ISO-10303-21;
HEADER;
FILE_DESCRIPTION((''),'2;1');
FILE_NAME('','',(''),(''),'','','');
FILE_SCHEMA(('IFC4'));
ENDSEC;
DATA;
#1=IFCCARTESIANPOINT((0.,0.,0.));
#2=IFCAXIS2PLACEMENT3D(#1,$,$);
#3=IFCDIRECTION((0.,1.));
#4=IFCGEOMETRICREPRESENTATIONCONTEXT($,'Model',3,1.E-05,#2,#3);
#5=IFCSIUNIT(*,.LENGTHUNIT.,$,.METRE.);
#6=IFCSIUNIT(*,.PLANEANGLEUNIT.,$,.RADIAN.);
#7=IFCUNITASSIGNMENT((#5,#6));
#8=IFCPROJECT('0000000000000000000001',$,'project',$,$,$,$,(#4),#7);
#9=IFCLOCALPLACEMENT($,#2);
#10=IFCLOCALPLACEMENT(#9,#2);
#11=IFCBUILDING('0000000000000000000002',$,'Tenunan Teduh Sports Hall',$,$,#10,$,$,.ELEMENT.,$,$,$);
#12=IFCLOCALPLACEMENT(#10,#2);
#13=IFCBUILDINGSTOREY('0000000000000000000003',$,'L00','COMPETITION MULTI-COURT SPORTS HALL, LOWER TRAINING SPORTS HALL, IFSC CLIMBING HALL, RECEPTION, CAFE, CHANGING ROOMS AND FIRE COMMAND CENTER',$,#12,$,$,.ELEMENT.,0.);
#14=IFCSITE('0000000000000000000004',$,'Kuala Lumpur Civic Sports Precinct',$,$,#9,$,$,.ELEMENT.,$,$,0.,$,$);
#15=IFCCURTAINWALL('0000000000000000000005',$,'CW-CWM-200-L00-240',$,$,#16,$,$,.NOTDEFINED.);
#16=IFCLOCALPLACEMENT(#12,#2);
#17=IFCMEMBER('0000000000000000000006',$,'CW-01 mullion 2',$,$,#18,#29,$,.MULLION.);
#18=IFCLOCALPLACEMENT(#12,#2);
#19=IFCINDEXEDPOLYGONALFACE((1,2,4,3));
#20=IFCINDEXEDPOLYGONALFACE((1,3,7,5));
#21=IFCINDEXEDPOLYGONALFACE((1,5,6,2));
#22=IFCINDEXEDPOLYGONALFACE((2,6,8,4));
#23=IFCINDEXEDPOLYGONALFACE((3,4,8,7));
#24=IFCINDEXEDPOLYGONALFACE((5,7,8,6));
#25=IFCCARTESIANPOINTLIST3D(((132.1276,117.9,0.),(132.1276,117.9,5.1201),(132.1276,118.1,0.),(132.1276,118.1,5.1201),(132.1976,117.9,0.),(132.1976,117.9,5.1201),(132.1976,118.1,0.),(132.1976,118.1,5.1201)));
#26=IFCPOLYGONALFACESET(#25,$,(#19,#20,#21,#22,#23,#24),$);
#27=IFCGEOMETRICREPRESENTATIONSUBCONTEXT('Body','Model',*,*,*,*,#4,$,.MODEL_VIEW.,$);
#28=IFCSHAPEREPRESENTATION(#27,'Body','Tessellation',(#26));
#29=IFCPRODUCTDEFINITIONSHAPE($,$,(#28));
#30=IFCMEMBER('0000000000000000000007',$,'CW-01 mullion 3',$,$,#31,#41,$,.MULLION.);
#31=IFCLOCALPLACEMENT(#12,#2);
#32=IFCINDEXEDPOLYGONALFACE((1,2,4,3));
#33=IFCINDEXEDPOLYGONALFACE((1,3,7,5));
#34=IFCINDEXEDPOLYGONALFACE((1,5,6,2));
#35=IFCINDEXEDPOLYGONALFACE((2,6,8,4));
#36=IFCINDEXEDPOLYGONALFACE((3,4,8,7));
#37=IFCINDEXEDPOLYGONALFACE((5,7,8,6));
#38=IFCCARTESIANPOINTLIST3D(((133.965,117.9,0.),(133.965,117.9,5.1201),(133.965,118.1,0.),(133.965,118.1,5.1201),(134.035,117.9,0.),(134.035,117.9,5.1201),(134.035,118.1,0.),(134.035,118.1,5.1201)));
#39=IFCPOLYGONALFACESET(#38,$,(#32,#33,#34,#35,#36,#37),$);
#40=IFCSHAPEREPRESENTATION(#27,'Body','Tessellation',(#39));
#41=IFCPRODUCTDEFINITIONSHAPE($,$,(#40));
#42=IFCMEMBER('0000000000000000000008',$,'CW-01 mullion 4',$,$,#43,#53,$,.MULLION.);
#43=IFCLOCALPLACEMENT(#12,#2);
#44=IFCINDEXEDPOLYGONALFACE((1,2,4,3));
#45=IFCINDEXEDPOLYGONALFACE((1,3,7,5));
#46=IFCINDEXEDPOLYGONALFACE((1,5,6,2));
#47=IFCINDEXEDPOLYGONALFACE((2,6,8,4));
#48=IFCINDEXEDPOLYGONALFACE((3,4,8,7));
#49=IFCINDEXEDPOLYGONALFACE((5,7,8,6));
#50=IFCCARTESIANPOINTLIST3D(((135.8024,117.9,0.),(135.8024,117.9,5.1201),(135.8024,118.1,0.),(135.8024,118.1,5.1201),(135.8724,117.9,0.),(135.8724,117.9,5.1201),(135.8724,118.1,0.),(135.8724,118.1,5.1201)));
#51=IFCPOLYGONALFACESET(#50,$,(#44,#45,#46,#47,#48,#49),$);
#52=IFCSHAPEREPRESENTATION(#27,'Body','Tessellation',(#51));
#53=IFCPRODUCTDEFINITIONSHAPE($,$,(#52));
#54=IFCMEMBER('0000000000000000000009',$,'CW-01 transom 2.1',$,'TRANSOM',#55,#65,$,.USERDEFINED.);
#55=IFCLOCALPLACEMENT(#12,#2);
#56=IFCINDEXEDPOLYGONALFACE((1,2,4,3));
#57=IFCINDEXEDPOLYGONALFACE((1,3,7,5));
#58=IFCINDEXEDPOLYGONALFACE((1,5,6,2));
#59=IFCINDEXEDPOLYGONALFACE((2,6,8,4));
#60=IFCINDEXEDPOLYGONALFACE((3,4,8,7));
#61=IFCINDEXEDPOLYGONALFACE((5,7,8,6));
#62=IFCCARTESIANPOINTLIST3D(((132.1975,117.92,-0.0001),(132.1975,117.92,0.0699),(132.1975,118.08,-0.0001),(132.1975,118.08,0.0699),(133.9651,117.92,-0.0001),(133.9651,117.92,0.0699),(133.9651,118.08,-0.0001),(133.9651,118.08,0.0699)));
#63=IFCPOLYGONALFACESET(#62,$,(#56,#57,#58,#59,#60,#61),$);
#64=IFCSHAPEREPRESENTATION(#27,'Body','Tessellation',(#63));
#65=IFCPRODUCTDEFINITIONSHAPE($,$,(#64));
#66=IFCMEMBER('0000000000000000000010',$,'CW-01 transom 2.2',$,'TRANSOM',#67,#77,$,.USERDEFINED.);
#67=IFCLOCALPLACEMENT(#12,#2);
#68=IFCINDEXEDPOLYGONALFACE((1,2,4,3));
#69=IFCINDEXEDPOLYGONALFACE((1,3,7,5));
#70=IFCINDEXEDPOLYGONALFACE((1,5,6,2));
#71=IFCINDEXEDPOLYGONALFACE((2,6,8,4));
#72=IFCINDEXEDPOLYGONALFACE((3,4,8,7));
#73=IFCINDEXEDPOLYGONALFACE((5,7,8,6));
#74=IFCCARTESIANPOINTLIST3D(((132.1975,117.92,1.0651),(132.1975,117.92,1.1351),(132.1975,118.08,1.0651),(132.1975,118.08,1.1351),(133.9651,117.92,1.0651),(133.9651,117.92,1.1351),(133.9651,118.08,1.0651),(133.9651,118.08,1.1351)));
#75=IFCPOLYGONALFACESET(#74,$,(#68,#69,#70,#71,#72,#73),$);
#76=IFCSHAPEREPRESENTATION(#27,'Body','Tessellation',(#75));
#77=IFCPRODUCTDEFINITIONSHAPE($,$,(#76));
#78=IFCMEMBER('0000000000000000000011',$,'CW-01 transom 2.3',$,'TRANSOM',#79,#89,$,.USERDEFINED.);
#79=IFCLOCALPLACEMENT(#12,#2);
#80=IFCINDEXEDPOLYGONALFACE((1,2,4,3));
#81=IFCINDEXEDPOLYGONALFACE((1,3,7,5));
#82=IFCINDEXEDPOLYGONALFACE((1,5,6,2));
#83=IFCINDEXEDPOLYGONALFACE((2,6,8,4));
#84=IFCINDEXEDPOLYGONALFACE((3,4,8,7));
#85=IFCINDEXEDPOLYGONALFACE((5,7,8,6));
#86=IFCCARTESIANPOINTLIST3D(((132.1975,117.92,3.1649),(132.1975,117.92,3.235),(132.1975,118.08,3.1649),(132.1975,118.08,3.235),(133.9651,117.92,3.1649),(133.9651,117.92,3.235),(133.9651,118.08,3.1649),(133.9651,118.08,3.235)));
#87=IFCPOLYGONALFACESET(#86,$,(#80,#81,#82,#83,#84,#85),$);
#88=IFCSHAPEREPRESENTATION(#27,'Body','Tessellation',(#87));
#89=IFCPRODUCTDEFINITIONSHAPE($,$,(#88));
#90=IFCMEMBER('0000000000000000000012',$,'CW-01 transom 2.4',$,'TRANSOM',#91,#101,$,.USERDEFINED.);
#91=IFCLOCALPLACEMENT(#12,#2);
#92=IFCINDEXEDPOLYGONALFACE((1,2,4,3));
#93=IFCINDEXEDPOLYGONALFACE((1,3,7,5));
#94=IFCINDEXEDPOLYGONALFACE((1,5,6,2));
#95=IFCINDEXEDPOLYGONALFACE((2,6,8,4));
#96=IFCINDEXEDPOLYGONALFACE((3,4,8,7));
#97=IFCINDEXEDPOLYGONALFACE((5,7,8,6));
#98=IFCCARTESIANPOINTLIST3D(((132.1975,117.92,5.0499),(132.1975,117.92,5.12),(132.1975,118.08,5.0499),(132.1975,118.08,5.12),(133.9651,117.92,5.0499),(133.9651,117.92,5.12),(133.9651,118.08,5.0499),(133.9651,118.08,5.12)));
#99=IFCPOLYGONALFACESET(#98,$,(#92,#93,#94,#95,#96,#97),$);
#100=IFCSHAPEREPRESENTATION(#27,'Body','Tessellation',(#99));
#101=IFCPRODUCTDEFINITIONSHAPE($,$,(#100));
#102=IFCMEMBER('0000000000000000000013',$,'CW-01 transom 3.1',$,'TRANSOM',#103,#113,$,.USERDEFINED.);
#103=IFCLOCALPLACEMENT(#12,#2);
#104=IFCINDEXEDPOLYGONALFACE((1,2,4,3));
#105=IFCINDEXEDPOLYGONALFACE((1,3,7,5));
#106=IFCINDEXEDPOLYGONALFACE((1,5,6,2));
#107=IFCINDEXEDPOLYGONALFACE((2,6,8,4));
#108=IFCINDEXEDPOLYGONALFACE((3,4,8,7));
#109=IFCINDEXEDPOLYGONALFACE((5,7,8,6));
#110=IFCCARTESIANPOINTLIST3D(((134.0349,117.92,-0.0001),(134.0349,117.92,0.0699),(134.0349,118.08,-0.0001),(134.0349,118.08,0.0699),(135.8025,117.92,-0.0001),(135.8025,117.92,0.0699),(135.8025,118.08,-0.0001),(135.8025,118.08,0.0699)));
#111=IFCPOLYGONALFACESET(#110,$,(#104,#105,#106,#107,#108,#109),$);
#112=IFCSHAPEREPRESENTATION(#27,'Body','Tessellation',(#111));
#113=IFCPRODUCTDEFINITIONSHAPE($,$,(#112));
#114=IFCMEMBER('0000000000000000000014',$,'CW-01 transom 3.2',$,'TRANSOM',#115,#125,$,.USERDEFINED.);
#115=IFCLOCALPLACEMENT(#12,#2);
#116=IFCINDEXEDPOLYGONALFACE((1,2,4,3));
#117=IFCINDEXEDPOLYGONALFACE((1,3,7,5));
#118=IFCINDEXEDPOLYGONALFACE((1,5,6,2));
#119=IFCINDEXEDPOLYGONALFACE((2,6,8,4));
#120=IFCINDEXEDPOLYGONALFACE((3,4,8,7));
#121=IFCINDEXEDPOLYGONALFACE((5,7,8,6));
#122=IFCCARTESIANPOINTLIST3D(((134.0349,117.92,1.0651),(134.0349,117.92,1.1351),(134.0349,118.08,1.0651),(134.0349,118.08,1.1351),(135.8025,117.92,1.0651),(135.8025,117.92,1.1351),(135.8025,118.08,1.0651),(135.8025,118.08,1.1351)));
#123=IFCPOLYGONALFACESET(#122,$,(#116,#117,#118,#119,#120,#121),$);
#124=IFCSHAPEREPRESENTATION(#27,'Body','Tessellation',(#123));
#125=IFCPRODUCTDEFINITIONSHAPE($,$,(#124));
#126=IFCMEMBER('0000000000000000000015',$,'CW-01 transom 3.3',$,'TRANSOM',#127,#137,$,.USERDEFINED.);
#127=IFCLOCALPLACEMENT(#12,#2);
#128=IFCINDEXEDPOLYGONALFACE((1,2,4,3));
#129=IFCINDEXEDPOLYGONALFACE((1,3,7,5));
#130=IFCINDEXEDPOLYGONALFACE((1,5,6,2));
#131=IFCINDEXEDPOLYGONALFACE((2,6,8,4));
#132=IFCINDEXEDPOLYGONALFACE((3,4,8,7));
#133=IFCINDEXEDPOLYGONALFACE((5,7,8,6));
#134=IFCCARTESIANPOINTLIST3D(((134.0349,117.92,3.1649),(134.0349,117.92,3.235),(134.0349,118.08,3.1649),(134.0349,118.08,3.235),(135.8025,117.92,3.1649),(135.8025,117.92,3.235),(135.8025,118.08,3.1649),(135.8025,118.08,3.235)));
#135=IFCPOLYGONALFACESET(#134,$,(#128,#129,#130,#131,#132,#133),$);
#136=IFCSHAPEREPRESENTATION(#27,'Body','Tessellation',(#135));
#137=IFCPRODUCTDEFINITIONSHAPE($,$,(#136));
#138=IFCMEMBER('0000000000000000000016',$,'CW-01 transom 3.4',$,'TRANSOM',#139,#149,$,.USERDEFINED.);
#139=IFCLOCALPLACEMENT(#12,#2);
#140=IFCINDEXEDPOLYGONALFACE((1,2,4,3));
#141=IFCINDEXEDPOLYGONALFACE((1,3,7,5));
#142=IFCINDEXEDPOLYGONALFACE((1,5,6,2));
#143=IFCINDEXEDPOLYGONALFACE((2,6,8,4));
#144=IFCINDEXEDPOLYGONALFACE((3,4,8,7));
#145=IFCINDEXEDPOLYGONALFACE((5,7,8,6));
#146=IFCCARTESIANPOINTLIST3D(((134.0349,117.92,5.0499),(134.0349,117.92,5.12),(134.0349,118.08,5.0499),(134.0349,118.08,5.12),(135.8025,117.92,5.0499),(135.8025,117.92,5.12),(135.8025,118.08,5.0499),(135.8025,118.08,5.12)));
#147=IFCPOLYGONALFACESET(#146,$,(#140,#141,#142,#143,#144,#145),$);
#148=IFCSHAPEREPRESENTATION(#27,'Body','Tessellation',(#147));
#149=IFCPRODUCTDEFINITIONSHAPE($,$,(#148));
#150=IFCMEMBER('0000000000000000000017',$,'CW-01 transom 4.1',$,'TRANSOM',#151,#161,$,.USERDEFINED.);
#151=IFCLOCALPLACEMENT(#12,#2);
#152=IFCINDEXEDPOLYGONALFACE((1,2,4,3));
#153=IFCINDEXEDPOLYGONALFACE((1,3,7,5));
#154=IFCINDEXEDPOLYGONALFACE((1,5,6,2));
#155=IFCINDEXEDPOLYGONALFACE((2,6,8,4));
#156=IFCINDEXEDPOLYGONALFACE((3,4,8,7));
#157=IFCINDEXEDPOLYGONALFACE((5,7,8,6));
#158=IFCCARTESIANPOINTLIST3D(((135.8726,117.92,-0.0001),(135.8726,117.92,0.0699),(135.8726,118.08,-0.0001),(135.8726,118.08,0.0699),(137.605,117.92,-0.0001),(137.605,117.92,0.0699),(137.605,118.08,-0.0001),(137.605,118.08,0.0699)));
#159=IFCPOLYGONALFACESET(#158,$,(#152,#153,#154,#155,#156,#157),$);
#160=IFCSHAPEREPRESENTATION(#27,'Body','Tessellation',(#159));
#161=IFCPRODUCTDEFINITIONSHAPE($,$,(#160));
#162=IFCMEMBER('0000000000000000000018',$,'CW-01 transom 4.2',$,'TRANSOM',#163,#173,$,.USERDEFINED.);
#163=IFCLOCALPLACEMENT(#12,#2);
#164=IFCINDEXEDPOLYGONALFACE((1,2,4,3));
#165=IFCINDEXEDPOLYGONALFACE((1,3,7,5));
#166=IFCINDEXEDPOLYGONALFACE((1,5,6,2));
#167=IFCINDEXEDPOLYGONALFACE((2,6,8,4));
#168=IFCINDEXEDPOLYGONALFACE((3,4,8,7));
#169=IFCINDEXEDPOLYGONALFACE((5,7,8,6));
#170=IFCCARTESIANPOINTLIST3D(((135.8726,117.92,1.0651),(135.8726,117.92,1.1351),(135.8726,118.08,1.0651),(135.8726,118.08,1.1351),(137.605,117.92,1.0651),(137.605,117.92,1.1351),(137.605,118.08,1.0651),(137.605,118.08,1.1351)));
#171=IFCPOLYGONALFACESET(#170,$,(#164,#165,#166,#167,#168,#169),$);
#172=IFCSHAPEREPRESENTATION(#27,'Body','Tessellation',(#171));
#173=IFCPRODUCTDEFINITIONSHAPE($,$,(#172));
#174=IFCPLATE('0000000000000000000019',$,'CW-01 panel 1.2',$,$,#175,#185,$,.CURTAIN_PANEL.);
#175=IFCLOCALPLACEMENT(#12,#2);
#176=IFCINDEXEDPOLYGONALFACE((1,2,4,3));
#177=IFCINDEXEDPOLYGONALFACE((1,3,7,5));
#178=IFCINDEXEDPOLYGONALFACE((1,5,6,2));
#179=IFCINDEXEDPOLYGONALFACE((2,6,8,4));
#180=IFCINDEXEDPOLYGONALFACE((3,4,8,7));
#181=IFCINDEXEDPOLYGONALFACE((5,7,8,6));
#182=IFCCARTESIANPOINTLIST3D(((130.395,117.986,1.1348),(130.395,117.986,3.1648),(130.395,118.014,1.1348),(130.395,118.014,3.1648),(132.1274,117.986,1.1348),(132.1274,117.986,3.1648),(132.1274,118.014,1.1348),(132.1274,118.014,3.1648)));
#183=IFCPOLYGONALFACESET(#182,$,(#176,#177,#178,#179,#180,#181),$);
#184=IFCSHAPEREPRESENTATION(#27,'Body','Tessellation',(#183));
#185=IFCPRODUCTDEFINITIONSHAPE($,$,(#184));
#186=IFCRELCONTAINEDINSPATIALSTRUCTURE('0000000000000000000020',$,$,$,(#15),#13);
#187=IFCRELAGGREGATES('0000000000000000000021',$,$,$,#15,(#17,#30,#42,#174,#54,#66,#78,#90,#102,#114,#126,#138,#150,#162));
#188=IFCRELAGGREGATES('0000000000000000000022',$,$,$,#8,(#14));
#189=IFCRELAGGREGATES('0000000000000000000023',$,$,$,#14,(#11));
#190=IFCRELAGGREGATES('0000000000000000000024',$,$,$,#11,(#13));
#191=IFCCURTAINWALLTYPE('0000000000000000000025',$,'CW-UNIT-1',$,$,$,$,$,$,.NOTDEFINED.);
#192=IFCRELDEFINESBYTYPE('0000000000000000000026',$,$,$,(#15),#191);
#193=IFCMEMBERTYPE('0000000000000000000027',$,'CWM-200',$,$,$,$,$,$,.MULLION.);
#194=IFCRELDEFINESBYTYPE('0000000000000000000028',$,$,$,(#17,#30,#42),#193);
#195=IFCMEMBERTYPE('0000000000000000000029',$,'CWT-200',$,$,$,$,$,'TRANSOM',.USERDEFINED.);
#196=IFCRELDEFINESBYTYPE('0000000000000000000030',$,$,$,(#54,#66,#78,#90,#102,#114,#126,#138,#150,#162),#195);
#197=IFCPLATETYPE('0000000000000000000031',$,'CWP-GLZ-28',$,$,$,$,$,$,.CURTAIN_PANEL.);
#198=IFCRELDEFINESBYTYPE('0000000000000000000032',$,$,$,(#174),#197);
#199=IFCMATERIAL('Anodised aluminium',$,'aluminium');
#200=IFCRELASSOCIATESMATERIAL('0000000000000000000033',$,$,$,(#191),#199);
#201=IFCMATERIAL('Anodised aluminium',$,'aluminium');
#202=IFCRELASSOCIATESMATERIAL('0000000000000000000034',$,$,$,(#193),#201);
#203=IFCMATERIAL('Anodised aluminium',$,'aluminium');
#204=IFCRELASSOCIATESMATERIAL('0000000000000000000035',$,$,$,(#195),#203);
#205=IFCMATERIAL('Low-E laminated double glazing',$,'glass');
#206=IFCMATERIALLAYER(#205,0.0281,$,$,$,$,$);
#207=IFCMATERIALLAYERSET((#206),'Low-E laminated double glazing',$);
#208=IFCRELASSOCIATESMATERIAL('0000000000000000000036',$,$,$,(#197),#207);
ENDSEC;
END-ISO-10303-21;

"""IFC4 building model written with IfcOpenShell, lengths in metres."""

from ifc_helpers import new_model, si_unit, direction, frame, origin, origin_2d, place, context, subcontext, project, spatial, rectangle, extrude, material, layer, layer_set, material_profile, profile_set, type_object, element, aggregate, save


model = new_model("IFC4")

# Units and contexts
model_context = context("Model", 3, precision=1e-05, world=origin(), true_north=direction((0.0, 1.0)))
body_context = subcontext(model_context, "Body", "Model", "MODEL_VIEW")
ifc_project = project(units=[si_unit("LENGTHUNIT", "METRE"), si_unit("PLANEANGLEUNIT", "RADIAN")], contexts=[model_context])

# Site, building, storey
site_placement = place(None, origin())
site = spatial("IfcSite", under=ifc_project, at=site_placement, Name="Kuala Lumpur Civic Sports Precinct", CompositionType="ELEMENT", RefElevation=0.0)
building_placement = place(site_placement, origin())
building = spatial("IfcBuilding", under=site, at=building_placement, Name="Tenunan Teduh Sports Hall", CompositionType="ELEMENT")
storey_placement = place(building_placement, origin())
storey = spatial("IfcBuildingStorey", under=building, at=storey_placement, Name="L00", Description="COMPETITION MULTI-COURT SPORTS HALL, LOWER TRAINING SPORTS HALL, IFSC CLIMBING HALL, RECEPTION, CAFE, CHANGING ROOMS AND FIRE COMMAND CENTER", CompositionType="ELEMENT", Elevation=0.0)

# Curtain wall, members, plate
ifc_material_1 = material(Name="Anodised aluminium", Category="aluminium")
curtain_wall_type = type_object("IfcCurtainWallType", Name="CW-UNIT-1", PredefinedType="NOTDEFINED", material=ifc_material_1)
curtain_wall_placement = place(storey_placement, origin())
curtain_wall = element("IfcCurtainWall", 1, at=curtain_wall_placement, inside=storey, type_object=curtain_wall_type, Name="CW-CWM-200-L00-240", PredefinedType="NOTDEFINED")
ifc_material_2 = material(Name="Anodised aluminium", Category="aluminium")
ifc_material_profile_1 = material_profile(ifc_material_2, rectangle(XDim=0.0701, YDim=0.2, at=origin_2d()), Name="CWM 70x200")
ifc_profile_set_1 = profile_set([ifc_material_profile_1], Name="Anodised aluminium")
member_type_1 = type_object("IfcMemberType", Name="CWM-200", PredefinedType="MULLION", material=ifc_profile_set_1)
member_1_placement = place(storey_placement, frame((132.1626, 118.0, 0.0), z_axis=(0.0, 0.0, 1.0), x_axis=(1.0, 0.0, 0.0)))
member_1 = element("IfcMember", 2, at=member_1_placement, type_object=member_type_1, Name="CW-01 mullion 2", PredefinedType="MULLION", context=body_context, shape_type="SweptSolid", body=[
    extrude(rectangle(XDim=0.0701, YDim=0.2, at=origin_2d()), origin(), (0.0, 0.0, 1.0), 5.1201),
])
member_2_placement = place(storey_placement, frame((134.0, 118.0, 0.0), z_axis=(0.0, 0.0, 1.0), x_axis=(1.0, 0.0, 0.0)))
member_2 = element("IfcMember", 3, at=member_2_placement, type_object=member_type_1, Name="CW-01 mullion 3", PredefinedType="MULLION", context=body_context, shape_type="SweptSolid", body=[
    extrude(rectangle(XDim=0.0701, YDim=0.2, at=origin_2d()), origin(), (0.0, 0.0, 1.0), 5.1201),
])
member_3_placement = place(storey_placement, frame((135.8374, 118.0, 0.0), z_axis=(0.0, 0.0, 1.0), x_axis=(1.0, 0.0, 0.0)))
member_3 = element("IfcMember", 4, at=member_3_placement, type_object=member_type_1, Name="CW-01 mullion 4", PredefinedType="MULLION", context=body_context, shape_type="SweptSolid", body=[
    extrude(rectangle(XDim=0.0701, YDim=0.2, at=origin_2d()), origin(), (0.0, 0.0, 1.0), 5.1201),
])
ifc_material_3 = material(Name="Anodised aluminium", Category="aluminium")
ifc_material_profile_2 = material_profile(ifc_material_3, rectangle(XDim=0.0701, YDim=0.1599, at=origin_2d()), Name="CWT 70x160")
ifc_profile_set_2 = profile_set([ifc_material_profile_2], Name="Anodised aluminium")
member_type_2 = type_object("IfcMemberType", Name="CWT-200", ElementType="TRANSOM", PredefinedType="USERDEFINED", material=ifc_profile_set_2)
member_4_placement = place(storey_placement, frame((132.1975, 118.0, 0.0349), z_axis=(1.0, 0.0, 0.0), x_axis=(0.0, 0.0, 1.0)))
member_4 = element("IfcMember", 5, at=member_4_placement, type_object=member_type_2, Name="CW-01 transom 2.1", ObjectType="TRANSOM", PredefinedType="USERDEFINED", context=body_context, shape_type="SweptSolid", body=[
    extrude(rectangle(XDim=0.0701, YDim=0.1599, at=origin_2d()), origin(), (0.0, 0.0, 1.0), 1.7676),
])
member_5_placement = place(storey_placement, frame((132.1975, 118.0, 1.1001), z_axis=(1.0, 0.0, 0.0), x_axis=(0.0, 0.0, 1.0)))
member_5 = element("IfcMember", 6, at=member_5_placement, type_object=member_type_2, Name="CW-01 transom 2.2", ObjectType="TRANSOM", PredefinedType="USERDEFINED", context=body_context, shape_type="SweptSolid", body=[
    extrude(rectangle(XDim=0.0701, YDim=0.1599, at=origin_2d()), origin(), (0.0, 0.0, 1.0), 1.7676),
])
member_6_placement = place(storey_placement, frame((132.1975, 118.0, 3.2), z_axis=(1.0, 0.0, 0.0), x_axis=(0.0, 0.0, 1.0)))
member_6 = element("IfcMember", 7, at=member_6_placement, type_object=member_type_2, Name="CW-01 transom 2.3", ObjectType="TRANSOM", PredefinedType="USERDEFINED", context=body_context, shape_type="SweptSolid", body=[
    extrude(rectangle(XDim=0.0701, YDim=0.1599, at=origin_2d()), origin(), (0.0, 0.0, 1.0), 1.7676),
])
member_7_placement = place(storey_placement, frame((132.1975, 118.0, 5.085), z_axis=(1.0, 0.0, 0.0), x_axis=(0.0, 0.0, 1.0)))
member_7 = element("IfcMember", 8, at=member_7_placement, type_object=member_type_2, Name="CW-01 transom 2.4", ObjectType="TRANSOM", PredefinedType="USERDEFINED", context=body_context, shape_type="SweptSolid", body=[
    extrude(rectangle(XDim=0.0701, YDim=0.1599, at=origin_2d()), origin(), (0.0, 0.0, 1.0), 1.7676),
])
member_8_placement = place(storey_placement, frame((134.0349, 118.0, 0.0349), z_axis=(1.0, 0.0, 0.0), x_axis=(0.0, 0.0, 1.0)))
member_8 = element("IfcMember", 9, at=member_8_placement, type_object=member_type_2, Name="CW-01 transom 3.1", ObjectType="TRANSOM", PredefinedType="USERDEFINED", context=body_context, shape_type="SweptSolid", body=[
    extrude(rectangle(XDim=0.0701, YDim=0.1599, at=origin_2d()), origin(), (0.0, 0.0, 1.0), 1.7676),
])
member_9_placement = place(storey_placement, frame((134.0349, 118.0, 1.1001), z_axis=(1.0, 0.0, 0.0), x_axis=(0.0, 0.0, 1.0)))
member_9 = element("IfcMember", 10, at=member_9_placement, type_object=member_type_2, Name="CW-01 transom 3.2", ObjectType="TRANSOM", PredefinedType="USERDEFINED", context=body_context, shape_type="SweptSolid", body=[
    extrude(rectangle(XDim=0.0701, YDim=0.1599, at=origin_2d()), origin(), (0.0, 0.0, 1.0), 1.7676),
])
member_10_placement = place(storey_placement, frame((134.0349, 118.0, 3.2), z_axis=(1.0, 0.0, 0.0), x_axis=(0.0, 0.0, 1.0)))
member_10 = element("IfcMember", 11, at=member_10_placement, type_object=member_type_2, Name="CW-01 transom 3.3", ObjectType="TRANSOM", PredefinedType="USERDEFINED", context=body_context, shape_type="SweptSolid", body=[
    extrude(rectangle(XDim=0.0701, YDim=0.1599, at=origin_2d()), origin(), (0.0, 0.0, 1.0), 1.7676),
])
member_11_placement = place(storey_placement, frame((134.0349, 118.0, 5.085), z_axis=(1.0, 0.0, 0.0), x_axis=(0.0, 0.0, 1.0)))
member_11 = element("IfcMember", 12, at=member_11_placement, type_object=member_type_2, Name="CW-01 transom 3.4", ObjectType="TRANSOM", PredefinedType="USERDEFINED", context=body_context, shape_type="SweptSolid", body=[
    extrude(rectangle(XDim=0.0701, YDim=0.1599, at=origin_2d()), origin(), (0.0, 0.0, 1.0), 1.7676),
])
member_12_placement = place(storey_placement, frame((135.8726, 118.0, 0.0349), z_axis=(1.0, 0.0, 0.0), x_axis=(0.0, 0.0, 1.0)))
member_12 = element("IfcMember", 13, at=member_12_placement, type_object=member_type_2, Name="CW-01 transom 4.1", ObjectType="TRANSOM", PredefinedType="USERDEFINED", context=body_context, shape_type="SweptSolid", body=[
    extrude(rectangle(XDim=0.0701, YDim=0.1599, at=origin_2d()), origin(), (0.0, 0.0, 1.0), 1.7324),
])
member_13_placement = place(storey_placement, frame((135.8726, 118.0, 1.1001), z_axis=(1.0, 0.0, 0.0), x_axis=(0.0, 0.0, 1.0)))
member_13 = element("IfcMember", 14, at=member_13_placement, type_object=member_type_2, Name="CW-01 transom 4.2", ObjectType="TRANSOM", PredefinedType="USERDEFINED", context=body_context, shape_type="SweptSolid", body=[
    extrude(rectangle(XDim=0.0701, YDim=0.1599, at=origin_2d()), origin(), (0.0, 0.0, 1.0), 1.7324),
])
ifc_material_4 = material(Name="Low-E laminated double glazing", Category="glass")
ifc_layer_1 = layer(ifc_material_4, 0.0281)
ifc_layer_set_1 = layer_set([ifc_layer_1], Name="Low-E laminated double glazing")
plate_type_1 = type_object("IfcPlateType", Name="CWP-GLZ-28", PredefinedType="CURTAIN_PANEL", material=ifc_layer_set_1)
plate_1_placement = place(storey_placement, frame((131.2612, 118.0, 1.1348), z_axis=(0.0, 0.0, 1.0), x_axis=(1.0, 0.0, 0.0)))
plate_1 = element("IfcPlate", 15, at=plate_1_placement, type_object=plate_type_1, Name="CW-01 panel 1.2", PredefinedType="CURTAIN_PANEL", context=body_context, shape_type="SweptSolid", body=[
    extrude(rectangle(XDim=1.7324, YDim=0.0281, at=origin_2d()), origin(), (0.0, 0.0, 1.0), 2.03),
])
aggregate(curtain_wall, [member_1, member_2, member_3, plate_1, member_4, member_5, member_6, member_7, member_8, member_9, member_10, member_11, member_12, member_13])

save(model, "model.ifc")
